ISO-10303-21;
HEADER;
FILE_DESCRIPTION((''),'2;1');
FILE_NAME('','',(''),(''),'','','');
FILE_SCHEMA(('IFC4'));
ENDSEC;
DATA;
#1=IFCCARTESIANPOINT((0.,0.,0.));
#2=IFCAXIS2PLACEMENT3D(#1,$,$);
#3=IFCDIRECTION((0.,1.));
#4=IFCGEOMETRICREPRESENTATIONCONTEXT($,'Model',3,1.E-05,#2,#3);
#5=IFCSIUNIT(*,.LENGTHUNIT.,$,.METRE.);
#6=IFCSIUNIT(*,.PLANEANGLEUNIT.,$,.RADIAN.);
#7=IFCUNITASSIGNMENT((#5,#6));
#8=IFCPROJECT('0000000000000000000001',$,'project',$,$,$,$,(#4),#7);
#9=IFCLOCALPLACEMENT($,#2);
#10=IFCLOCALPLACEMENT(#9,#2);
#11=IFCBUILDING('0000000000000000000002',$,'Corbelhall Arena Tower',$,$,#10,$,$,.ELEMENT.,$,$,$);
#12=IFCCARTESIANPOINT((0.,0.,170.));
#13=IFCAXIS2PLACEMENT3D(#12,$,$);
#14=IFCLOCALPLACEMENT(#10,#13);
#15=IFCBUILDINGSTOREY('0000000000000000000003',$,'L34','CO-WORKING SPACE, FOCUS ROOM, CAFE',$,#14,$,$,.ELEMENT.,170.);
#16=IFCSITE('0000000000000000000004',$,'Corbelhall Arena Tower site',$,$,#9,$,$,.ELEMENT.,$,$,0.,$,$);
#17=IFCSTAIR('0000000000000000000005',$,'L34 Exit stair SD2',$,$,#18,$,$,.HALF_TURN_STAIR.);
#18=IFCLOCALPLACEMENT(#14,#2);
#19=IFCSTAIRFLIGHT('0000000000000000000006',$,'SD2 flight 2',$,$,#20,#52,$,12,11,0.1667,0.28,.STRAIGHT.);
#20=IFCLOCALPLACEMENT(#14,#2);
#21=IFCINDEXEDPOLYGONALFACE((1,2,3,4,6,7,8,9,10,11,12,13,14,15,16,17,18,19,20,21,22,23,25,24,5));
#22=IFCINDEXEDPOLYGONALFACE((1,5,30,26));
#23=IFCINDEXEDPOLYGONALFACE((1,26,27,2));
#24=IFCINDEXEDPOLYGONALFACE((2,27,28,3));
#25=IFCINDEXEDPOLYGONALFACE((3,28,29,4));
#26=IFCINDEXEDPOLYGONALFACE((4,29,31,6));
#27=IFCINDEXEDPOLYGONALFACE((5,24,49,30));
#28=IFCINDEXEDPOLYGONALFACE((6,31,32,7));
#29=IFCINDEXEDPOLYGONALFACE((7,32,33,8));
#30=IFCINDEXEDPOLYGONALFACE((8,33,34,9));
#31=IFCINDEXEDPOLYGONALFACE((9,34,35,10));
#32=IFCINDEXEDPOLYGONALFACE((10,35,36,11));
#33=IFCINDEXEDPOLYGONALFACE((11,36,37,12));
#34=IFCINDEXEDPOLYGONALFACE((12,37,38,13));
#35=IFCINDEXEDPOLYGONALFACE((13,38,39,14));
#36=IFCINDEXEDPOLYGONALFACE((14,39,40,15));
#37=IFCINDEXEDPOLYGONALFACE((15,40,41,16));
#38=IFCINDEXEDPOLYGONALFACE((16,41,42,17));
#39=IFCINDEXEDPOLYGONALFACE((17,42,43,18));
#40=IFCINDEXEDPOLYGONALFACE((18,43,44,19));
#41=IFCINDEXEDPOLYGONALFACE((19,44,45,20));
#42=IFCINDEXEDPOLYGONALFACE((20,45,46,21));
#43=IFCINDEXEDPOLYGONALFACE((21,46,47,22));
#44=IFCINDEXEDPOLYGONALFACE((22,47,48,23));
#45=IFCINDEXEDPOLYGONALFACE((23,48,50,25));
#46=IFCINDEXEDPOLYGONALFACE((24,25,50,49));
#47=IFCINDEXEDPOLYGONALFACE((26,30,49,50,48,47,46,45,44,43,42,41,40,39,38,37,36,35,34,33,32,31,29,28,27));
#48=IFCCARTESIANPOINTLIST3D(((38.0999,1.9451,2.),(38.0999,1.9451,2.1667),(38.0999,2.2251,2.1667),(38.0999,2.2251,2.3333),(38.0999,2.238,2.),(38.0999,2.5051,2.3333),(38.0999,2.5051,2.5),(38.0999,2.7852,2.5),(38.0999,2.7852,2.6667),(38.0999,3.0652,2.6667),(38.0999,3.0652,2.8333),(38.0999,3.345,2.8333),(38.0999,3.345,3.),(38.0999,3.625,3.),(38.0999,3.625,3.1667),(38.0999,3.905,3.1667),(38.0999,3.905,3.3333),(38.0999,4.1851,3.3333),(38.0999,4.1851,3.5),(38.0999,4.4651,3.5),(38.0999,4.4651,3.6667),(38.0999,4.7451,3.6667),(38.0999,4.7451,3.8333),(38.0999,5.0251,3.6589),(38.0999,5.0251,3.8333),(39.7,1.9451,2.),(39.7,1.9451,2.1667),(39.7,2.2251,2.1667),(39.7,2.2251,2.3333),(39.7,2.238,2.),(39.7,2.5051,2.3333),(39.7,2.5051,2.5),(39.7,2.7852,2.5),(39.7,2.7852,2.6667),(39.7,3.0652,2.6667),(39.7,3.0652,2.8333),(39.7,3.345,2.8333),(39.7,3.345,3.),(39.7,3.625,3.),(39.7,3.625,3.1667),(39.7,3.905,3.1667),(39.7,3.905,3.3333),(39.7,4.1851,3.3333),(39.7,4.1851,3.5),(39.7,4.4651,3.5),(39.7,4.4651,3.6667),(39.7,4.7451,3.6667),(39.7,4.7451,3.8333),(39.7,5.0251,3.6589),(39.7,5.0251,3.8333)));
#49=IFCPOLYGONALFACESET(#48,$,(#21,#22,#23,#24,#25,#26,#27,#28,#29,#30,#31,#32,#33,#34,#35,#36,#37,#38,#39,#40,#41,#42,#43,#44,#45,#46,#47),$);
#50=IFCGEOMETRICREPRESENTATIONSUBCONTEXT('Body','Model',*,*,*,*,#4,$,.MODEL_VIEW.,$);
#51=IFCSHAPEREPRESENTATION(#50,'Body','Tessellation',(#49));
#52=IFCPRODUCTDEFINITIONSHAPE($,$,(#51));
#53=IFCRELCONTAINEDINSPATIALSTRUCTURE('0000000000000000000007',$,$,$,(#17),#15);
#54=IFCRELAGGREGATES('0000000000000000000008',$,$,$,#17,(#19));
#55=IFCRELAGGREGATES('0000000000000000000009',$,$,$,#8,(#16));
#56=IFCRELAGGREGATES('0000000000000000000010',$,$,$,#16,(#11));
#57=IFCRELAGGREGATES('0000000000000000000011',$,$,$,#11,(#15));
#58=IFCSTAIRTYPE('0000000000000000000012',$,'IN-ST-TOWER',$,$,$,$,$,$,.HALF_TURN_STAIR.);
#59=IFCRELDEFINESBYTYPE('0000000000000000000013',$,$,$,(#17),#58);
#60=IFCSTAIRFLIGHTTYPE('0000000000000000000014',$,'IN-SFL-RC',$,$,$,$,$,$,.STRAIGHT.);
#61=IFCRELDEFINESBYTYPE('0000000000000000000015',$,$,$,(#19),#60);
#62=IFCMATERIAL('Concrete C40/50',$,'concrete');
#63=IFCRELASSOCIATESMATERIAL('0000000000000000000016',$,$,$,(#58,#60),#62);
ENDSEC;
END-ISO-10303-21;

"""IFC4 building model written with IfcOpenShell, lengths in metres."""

from ifc_helpers import new_model, si_unit, direction, frame, origin, place, context, subcontext, project, spatial, polyline, outline, extrude, material, type_object, element, aggregate, save


model = new_model("IFC4")

# Units and contexts
model_context = context("Model", 3, precision=1e-05, world=origin(), true_north=direction((0.0, 1.0)))
body_context = subcontext(model_context, "Body", "Model", "MODEL_VIEW")
ifc_project = project(units=[si_unit("LENGTHUNIT", "METRE"), si_unit("PLANEANGLEUNIT", "RADIAN")], contexts=[model_context])

# Site, building, storey
site_placement = place(None, origin())
site = spatial("IfcSite", under=ifc_project, at=site_placement, Name="Corbelhall Arena Tower site", CompositionType="ELEMENT", RefElevation=0.0)
building_placement = place(site_placement, origin())
building = spatial("IfcBuilding", under=site, at=building_placement, Name="Corbelhall Arena Tower", CompositionType="ELEMENT")
storey_placement = place(building_placement, frame((0.0, 0.0, 170.0)))
storey = spatial("IfcBuildingStorey", under=building, at=storey_placement, Name="L34", Description="CO-WORKING SPACE, FOCUS ROOM, CAFE", CompositionType="ELEMENT", Elevation=170.0)

# Shared definitions
ifc_material_1 = material(Name="Concrete C40/50", Category="concrete")

# Stair, stair flight
stair_type = type_object("IfcStairType", Name="IN-ST-TOWER", PredefinedType="HALF_TURN_STAIR", material=ifc_material_1)
stair_placement = place(storey_placement, origin())
stair = element("IfcStair", 1, at=stair_placement, inside=storey, type_object=stair_type, Name="L34 Exit stair SD2", PredefinedType="HALF_TURN_STAIR")
stair_flight_type = type_object("IfcStairFlightType", Name="IN-SFL-RC", PredefinedType="STRAIGHT", material=ifc_material_1)
stair_flight_1_placement = place(storey_placement, frame((38.8999, 1.9451, 2.0), z_axis=(0.0, 0.0, 1.0), x_axis=(0.0, 1.0, 0.0)))
stair_flight_1 = element("IfcStairFlight", 2, at=stair_flight_1_placement, type_object=stair_flight_type, Name="SD2 flight 2", NumberOfRisers=12, NumberOfTreads=11, PredefinedType="STRAIGHT", RiserHeight=0.1667, TreadLength=0.28, context=body_context, shape_type="SweptSolid", body=[
    extrude(outline(polyline([(0.0, 0.0), (0.0, 0.1667), (0.28, 0.1667), (0.28, 0.3333), (0.5601, 0.3333), (0.5601, 0.5), (0.8401, 0.5), (0.8401, 0.6667), (1.1201, 0.6667), (1.1201, 0.8333), (1.3999, 0.8333), (1.3999, 1.0), (1.6799, 1.0), (1.6799, 1.1667), (1.96, 1.1667), (1.96, 1.3333), (2.24, 1.3333), (2.24, 1.5), (2.52, 1.5), (2.52, 1.6667), (2.8, 1.6667), (2.8, 1.8333), (3.0801, 1.8333), (3.0801, 2.0), (3.0801, 1.6589), (0.293, 0.0), (0.0, 0.0)])), frame((0.0, 0.8, 0.0), z_axis=(0.0, -1.0, 0.0), x_axis=(1.0, 0.0, 0.0)), (0.0, 0.0, 1.0), 1.6001),
])
aggregate(stair, [stair_flight_1])

save(model, "model.ifc")
